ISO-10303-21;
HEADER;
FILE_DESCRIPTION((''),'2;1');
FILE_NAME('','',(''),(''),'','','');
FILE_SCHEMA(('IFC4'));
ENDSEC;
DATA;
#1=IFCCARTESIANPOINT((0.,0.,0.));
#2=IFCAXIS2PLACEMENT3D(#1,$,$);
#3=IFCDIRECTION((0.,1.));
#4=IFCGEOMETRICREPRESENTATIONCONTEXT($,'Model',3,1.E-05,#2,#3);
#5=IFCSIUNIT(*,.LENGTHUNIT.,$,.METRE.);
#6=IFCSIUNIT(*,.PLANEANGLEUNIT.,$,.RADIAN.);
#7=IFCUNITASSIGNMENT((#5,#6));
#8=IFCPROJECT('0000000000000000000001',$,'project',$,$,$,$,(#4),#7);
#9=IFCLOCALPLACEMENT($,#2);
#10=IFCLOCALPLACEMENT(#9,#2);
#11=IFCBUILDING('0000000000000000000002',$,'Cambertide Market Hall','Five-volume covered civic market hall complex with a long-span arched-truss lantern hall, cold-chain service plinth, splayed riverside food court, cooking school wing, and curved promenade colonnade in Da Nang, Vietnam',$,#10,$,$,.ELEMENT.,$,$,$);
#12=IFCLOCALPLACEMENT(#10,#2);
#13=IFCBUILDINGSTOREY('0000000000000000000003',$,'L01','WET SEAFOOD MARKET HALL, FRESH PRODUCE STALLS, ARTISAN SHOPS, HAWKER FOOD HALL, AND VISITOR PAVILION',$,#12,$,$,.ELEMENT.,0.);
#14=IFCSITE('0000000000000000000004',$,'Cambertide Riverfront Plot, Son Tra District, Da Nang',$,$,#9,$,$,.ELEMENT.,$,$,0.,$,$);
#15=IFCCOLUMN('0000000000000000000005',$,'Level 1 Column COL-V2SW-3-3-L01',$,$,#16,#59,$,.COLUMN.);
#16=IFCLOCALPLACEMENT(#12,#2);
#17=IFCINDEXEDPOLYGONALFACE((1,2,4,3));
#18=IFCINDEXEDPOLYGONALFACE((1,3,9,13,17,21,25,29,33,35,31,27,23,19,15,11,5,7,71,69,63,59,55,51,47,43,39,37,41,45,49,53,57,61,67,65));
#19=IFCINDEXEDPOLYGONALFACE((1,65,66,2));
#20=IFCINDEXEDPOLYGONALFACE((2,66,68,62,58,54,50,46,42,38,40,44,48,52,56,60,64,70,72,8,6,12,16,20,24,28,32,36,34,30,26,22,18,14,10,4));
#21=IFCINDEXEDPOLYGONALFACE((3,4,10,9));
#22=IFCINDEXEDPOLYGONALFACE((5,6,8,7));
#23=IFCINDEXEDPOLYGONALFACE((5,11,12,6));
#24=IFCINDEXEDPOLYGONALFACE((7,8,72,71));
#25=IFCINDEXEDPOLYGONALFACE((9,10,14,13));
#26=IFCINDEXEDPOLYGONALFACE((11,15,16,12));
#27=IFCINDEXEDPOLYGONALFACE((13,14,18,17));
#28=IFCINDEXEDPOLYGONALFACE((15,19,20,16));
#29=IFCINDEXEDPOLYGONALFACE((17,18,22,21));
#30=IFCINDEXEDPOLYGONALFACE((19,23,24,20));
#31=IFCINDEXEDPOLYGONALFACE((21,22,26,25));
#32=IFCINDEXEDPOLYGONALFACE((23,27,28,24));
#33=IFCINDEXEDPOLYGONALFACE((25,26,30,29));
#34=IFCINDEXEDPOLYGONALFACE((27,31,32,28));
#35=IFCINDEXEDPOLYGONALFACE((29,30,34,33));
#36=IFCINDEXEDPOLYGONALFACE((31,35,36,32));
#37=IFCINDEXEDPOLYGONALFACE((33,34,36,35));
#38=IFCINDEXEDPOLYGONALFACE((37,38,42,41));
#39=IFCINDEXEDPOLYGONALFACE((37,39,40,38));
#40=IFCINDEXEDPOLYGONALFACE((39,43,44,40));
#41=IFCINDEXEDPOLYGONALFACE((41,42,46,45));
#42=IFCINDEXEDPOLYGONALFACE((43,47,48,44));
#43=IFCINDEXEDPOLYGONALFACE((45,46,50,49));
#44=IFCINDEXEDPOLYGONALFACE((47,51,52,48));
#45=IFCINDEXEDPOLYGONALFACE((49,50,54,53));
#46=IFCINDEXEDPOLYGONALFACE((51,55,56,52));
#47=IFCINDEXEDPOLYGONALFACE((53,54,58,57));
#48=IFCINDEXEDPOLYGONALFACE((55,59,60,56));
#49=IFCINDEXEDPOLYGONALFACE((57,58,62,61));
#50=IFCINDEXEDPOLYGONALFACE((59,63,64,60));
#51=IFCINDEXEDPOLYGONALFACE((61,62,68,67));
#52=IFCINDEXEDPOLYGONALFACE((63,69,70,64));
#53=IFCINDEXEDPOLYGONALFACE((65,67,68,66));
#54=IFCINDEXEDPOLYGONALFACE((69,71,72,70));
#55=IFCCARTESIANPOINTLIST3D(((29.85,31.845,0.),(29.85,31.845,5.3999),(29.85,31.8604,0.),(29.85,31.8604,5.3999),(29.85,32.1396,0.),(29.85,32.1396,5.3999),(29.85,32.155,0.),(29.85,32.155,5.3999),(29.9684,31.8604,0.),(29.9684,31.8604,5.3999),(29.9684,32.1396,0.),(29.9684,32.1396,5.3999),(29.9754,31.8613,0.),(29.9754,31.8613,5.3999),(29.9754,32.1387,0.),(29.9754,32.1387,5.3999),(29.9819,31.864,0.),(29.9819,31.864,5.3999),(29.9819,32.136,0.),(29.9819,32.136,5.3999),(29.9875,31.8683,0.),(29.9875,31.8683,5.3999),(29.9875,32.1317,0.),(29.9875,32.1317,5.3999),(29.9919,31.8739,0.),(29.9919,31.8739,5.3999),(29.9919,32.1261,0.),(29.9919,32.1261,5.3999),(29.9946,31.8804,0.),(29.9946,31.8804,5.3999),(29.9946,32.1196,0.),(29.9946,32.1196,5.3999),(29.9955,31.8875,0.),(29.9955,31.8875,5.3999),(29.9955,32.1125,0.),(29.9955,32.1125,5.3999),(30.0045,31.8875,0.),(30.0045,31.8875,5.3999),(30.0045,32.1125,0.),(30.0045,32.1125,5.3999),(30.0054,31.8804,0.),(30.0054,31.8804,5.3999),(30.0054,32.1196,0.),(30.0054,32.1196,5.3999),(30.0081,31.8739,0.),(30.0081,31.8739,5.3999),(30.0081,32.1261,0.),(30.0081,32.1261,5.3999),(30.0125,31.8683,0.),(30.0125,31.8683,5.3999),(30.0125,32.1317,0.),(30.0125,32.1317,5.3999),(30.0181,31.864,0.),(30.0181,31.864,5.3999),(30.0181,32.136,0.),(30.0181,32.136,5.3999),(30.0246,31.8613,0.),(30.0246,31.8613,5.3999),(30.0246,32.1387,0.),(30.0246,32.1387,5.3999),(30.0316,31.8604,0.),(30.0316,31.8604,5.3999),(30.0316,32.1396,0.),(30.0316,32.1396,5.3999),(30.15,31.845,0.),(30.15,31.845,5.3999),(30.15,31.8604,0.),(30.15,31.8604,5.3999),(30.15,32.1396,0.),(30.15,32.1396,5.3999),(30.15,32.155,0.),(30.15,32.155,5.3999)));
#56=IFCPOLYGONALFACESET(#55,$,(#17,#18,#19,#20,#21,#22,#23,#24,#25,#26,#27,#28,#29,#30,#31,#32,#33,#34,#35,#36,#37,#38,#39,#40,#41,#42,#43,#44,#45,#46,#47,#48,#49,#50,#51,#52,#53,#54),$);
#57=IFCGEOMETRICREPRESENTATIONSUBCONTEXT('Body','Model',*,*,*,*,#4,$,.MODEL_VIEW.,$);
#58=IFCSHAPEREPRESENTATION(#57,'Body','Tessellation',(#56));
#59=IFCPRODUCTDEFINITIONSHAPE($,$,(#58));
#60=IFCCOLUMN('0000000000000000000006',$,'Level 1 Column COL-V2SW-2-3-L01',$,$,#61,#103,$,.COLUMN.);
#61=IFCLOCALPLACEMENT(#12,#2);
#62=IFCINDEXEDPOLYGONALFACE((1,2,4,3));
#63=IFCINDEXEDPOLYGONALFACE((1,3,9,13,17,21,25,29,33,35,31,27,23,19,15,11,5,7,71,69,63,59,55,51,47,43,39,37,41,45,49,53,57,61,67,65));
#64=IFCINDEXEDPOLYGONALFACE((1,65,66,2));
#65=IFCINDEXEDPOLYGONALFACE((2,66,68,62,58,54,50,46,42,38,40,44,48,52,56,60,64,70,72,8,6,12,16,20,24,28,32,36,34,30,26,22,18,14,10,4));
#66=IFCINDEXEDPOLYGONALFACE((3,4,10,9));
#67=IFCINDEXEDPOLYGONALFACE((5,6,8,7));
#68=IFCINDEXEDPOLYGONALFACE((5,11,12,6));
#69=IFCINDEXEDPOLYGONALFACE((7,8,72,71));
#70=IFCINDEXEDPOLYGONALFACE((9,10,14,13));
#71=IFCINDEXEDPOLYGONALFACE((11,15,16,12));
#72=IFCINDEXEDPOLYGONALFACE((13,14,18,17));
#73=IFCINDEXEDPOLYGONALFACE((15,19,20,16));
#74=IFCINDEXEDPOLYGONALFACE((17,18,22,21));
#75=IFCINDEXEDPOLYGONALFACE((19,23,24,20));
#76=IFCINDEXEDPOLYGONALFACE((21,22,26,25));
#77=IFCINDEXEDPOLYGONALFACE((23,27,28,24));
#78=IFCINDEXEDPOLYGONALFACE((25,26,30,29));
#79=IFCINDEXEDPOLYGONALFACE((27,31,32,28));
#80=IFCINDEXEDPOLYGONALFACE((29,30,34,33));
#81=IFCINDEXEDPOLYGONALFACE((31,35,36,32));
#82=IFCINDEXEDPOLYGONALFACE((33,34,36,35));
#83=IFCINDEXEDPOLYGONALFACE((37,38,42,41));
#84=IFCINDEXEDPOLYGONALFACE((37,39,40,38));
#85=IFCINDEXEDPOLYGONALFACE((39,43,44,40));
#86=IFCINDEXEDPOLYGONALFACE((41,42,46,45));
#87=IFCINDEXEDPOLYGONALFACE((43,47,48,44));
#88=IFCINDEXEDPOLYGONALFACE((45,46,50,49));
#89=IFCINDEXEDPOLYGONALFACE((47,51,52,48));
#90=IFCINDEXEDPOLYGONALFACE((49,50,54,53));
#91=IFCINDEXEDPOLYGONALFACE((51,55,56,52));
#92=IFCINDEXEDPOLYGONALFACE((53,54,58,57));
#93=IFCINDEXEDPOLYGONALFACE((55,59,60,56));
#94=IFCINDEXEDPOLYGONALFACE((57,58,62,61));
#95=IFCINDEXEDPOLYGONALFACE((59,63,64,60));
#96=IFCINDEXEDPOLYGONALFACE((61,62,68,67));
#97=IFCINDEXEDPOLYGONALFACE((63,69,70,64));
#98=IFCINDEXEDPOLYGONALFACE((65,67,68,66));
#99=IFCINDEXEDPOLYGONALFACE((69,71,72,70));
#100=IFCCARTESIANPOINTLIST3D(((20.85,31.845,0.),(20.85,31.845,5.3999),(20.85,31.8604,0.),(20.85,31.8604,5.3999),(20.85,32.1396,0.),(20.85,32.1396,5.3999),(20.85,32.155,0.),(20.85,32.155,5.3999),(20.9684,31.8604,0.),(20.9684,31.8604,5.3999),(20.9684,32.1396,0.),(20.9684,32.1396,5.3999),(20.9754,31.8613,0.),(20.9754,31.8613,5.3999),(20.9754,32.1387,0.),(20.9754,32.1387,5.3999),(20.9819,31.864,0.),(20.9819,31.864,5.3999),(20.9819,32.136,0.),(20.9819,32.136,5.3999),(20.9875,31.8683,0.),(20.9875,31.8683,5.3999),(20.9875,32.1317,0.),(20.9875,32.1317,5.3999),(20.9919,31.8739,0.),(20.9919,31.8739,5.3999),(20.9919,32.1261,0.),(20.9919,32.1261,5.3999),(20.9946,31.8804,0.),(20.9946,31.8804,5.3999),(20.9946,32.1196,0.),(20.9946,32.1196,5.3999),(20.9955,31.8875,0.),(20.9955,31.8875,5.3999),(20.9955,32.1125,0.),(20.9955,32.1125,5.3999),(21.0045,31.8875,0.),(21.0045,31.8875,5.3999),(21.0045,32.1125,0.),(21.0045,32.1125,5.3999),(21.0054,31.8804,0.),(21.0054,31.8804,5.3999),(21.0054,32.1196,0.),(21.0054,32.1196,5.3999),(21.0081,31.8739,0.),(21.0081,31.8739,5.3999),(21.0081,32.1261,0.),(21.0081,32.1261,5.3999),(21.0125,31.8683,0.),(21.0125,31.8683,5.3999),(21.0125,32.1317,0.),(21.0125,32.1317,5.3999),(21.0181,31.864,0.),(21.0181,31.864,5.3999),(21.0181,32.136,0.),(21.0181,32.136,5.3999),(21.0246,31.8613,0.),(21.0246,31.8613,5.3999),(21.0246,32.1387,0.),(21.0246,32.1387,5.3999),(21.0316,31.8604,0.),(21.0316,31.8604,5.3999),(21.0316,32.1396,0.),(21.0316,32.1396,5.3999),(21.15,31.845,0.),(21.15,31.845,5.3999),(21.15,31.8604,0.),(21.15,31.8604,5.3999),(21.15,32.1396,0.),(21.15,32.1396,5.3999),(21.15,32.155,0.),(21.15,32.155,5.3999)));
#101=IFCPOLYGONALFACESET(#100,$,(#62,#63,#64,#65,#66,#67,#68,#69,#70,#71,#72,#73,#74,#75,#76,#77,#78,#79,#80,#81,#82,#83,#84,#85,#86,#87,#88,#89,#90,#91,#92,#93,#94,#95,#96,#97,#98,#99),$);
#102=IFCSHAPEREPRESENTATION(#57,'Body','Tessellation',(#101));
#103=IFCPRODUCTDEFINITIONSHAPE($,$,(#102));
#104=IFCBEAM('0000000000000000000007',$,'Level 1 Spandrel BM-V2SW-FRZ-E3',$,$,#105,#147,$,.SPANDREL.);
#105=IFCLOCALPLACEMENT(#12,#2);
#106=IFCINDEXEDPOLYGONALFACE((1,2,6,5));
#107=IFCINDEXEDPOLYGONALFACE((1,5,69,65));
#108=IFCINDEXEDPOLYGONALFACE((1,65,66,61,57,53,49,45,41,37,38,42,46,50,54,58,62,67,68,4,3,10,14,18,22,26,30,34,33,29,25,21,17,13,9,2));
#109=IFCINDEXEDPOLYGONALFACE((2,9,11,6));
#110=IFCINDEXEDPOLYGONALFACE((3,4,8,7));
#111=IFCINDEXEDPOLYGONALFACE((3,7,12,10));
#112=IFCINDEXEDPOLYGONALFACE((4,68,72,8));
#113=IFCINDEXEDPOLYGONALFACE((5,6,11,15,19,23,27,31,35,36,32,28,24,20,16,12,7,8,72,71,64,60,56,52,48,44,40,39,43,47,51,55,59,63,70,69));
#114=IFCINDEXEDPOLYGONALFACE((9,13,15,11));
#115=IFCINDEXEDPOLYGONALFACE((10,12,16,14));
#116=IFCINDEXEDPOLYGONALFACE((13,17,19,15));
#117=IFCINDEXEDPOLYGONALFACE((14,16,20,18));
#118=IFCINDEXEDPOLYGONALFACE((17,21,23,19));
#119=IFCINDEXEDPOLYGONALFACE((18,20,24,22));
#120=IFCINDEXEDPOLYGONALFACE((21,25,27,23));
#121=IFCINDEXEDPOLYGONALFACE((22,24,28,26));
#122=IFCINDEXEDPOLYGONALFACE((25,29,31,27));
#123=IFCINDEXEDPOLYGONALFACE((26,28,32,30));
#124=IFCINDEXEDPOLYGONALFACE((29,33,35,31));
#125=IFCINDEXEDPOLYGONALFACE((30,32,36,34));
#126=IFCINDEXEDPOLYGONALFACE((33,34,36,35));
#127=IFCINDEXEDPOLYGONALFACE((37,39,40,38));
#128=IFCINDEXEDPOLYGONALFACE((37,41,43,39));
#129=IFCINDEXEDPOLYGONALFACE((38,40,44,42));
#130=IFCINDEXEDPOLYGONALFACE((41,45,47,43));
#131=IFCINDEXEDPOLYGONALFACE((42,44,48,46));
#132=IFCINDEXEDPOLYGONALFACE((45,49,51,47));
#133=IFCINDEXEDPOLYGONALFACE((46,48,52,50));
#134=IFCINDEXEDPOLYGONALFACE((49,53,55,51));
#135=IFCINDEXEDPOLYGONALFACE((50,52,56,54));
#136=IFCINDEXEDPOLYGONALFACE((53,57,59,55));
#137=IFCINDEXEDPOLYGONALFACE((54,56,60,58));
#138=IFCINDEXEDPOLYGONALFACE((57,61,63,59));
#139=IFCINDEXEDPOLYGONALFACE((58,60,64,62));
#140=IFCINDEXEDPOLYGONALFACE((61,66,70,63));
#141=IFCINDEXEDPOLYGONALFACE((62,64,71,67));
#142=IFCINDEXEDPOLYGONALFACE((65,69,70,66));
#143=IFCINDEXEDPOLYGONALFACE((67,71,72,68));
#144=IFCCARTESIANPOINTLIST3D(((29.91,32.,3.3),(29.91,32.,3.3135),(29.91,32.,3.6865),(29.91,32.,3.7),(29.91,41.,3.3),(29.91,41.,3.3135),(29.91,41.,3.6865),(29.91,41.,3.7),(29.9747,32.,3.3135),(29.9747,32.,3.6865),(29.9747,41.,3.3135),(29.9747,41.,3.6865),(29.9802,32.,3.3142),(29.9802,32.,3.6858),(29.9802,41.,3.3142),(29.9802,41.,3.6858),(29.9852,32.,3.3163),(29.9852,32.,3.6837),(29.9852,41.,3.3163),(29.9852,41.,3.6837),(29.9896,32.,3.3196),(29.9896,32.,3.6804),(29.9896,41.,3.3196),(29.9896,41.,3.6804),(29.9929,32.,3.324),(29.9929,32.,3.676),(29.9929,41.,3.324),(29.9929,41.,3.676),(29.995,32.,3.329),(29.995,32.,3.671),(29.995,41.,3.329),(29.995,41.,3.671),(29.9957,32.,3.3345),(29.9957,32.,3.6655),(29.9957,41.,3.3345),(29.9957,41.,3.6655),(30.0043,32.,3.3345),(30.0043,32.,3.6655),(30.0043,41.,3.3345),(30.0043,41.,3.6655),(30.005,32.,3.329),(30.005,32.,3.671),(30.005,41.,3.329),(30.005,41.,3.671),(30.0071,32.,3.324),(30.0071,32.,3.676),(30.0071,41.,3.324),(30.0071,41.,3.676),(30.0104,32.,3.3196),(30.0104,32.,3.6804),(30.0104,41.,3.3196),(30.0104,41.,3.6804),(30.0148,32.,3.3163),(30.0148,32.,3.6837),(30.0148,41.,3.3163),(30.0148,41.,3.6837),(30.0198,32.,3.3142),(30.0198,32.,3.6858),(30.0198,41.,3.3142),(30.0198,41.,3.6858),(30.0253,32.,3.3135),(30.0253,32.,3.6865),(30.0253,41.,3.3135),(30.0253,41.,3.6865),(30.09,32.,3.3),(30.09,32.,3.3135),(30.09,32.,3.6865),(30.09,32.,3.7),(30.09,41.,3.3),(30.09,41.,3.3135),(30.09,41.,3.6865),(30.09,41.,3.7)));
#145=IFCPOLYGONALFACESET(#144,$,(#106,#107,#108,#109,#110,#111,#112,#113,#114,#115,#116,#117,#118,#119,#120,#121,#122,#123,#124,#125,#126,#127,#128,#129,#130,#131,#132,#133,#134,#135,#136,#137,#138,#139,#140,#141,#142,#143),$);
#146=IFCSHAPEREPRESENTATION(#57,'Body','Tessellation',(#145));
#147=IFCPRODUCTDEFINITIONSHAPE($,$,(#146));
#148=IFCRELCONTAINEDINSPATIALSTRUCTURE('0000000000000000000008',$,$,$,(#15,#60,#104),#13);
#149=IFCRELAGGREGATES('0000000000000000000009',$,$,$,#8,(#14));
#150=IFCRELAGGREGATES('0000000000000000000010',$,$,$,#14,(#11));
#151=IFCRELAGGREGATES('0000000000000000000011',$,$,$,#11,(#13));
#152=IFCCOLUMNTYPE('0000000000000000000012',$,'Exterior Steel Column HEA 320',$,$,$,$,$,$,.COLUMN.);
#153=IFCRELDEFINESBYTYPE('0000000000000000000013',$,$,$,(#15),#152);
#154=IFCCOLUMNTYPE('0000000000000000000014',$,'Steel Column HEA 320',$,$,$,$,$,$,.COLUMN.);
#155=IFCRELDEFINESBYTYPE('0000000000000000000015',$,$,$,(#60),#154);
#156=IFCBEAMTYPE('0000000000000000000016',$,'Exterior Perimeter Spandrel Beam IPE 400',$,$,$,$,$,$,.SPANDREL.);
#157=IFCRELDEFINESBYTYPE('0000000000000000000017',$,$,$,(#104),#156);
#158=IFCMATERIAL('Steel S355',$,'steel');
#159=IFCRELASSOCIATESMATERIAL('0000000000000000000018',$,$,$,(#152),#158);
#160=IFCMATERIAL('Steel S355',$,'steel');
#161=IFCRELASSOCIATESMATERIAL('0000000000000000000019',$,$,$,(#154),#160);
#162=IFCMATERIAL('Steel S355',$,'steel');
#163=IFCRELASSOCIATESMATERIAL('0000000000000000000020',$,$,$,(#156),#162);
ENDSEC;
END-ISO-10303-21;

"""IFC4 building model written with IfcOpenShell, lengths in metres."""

from ifc_helpers import new_model, si_unit, direction, frame, origin, origin_2d, place, context, subcontext, project, spatial, i_section, extrude, material, material_profile, profile_set, type_object, element, save


model = new_model("IFC4")

# Units and contexts
model_context = context("Model", 3, precision=1e-05, world=origin(), true_north=direction((0.0, 1.0)))
body_context = subcontext(model_context, "Body", "Model", "MODEL_VIEW")
ifc_project = project(units=[si_unit("LENGTHUNIT", "METRE"), si_unit("PLANEANGLEUNIT", "RADIAN")], contexts=[model_context])

# Site, building, storey
site_placement = place(None, origin())
site = spatial("IfcSite", under=ifc_project, at=site_placement, Name="Cambertide Riverfront Plot, Son Tra District, Da Nang", CompositionType="ELEMENT", RefElevation=0.0)
building_placement = place(site_placement, origin())
building = spatial("IfcBuilding", under=site, at=building_placement, Name="Cambertide Market Hall", Description="Five-volume covered civic market hall complex with a long-span arched-truss lantern hall, cold-chain service plinth, splayed riverside food court, cooking school wing, and curved promenade colonnade in Da Nang, Vietnam", CompositionType="ELEMENT")
storey_placement = place(building_placement, origin())
storey = spatial("IfcBuildingStorey", under=building, at=storey_placement, Name="L01", Description="WET SEAFOOD MARKET HALL, FRESH PRODUCE STALLS, ARTISAN SHOPS, HAWKER FOOD HALL, AND VISITOR PAVILION", CompositionType="ELEMENT", Elevation=0.0)

# Columns
ifc_material_1 = material(Name="Steel S355", Category="steel")
ifc_material_profile_1 = material_profile(ifc_material_1, i_section(OverallWidth=0.3, OverallDepth=0.3101, WebThickness=0.009, FlangeThickness=0.0154, FilletRadius=0.0271, at=origin_2d()), Name="HEA 320")
ifc_profile_set_1 = profile_set([ifc_material_profile_1], Name="Steel S355")
column_type_1 = type_object("IfcColumnType", Name="Exterior Steel Column HEA 320", PredefinedType="COLUMN", material=ifc_profile_set_1)
column_1_placement = place(storey_placement, frame((30.0, 32.0, 0.0), z_axis=(0.0, 0.0, 1.0), x_axis=(1.0, 0.0, 0.0)))
element("IfcColumn", 1, at=column_1_placement, inside=storey, type_object=column_type_1, Name="Level 1 Column COL-V2SW-3-3-L01", PredefinedType="COLUMN", context=body_context, shape_type="SweptSolid", body=[
    extrude(i_section(OverallWidth=0.3, OverallDepth=0.3101, WebThickness=0.009, FlangeThickness=0.0154, FilletRadius=0.0271, at=origin_2d()), origin(), (0.0, 0.0, 1.0), 5.3999),
])
ifc_material_2 = material(Name="Steel S355", Category="steel")
ifc_material_profile_2 = material_profile(ifc_material_2, i_section(OverallWidth=0.3, OverallDepth=0.3101, WebThickness=0.009, FlangeThickness=0.0154, FilletRadius=0.0271, at=origin_2d()), Name="HEA 320")
ifc_profile_set_2 = profile_set([ifc_material_profile_2], Name="Steel S355")
column_type_2 = type_object("IfcColumnType", Name="Steel Column HEA 320", PredefinedType="COLUMN", material=ifc_profile_set_2)
column_2_placement = place(storey_placement, frame((21.0, 32.0, 0.0), z_axis=(0.0, 0.0, 1.0), x_axis=(1.0, 0.0, 0.0)))
element("IfcColumn", 2, at=column_2_placement, inside=storey, type_object=column_type_2, Name="Level 1 Column COL-V2SW-2-3-L01", PredefinedType="COLUMN", context=body_context, shape_type="SweptSolid", body=[
    extrude(i_section(OverallWidth=0.3, OverallDepth=0.3101, WebThickness=0.009, FlangeThickness=0.0154, FilletRadius=0.0271, at=origin_2d()), origin(), (0.0, 0.0, 1.0), 5.3999),
])

# Beam
ifc_material_3 = material(Name="Steel S355", Category="steel")
ifc_material_profile_3 = material_profile(ifc_material_3, i_section(OverallWidth=0.1799, OverallDepth=0.3999, WebThickness=0.0085, FlangeThickness=0.0134, FilletRadius=0.021, at=origin_2d()), Name="IPE 400")
ifc_profile_set_3 = profile_set([ifc_material_profile_3], Name="Steel S355")
beam_type_1 = type_object("IfcBeamType", Name="Exterior Perimeter Spandrel Beam IPE 400", PredefinedType="SPANDREL", material=ifc_profile_set_3)
beam_1_placement = place(storey_placement, frame((30.0, 32.0, 3.5), z_axis=(0.0, 1.0, 0.0), x_axis=(-1.0, 0.0, 0.0)))
element("IfcBeam", 3, at=beam_1_placement, inside=storey, type_object=beam_type_1, Name="Level 1 Spandrel BM-V2SW-FRZ-E3", PredefinedType="SPANDREL", context=body_context, shape_type="SweptSolid", body=[
    extrude(i_section(OverallWidth=0.1799, OverallDepth=0.3999, WebThickness=0.0085, FlangeThickness=0.0134, FilletRadius=0.021, at=origin_2d()), origin(), (0.0, 0.0, 1.0), 9.0),
])

save(model, "model.ifc")
